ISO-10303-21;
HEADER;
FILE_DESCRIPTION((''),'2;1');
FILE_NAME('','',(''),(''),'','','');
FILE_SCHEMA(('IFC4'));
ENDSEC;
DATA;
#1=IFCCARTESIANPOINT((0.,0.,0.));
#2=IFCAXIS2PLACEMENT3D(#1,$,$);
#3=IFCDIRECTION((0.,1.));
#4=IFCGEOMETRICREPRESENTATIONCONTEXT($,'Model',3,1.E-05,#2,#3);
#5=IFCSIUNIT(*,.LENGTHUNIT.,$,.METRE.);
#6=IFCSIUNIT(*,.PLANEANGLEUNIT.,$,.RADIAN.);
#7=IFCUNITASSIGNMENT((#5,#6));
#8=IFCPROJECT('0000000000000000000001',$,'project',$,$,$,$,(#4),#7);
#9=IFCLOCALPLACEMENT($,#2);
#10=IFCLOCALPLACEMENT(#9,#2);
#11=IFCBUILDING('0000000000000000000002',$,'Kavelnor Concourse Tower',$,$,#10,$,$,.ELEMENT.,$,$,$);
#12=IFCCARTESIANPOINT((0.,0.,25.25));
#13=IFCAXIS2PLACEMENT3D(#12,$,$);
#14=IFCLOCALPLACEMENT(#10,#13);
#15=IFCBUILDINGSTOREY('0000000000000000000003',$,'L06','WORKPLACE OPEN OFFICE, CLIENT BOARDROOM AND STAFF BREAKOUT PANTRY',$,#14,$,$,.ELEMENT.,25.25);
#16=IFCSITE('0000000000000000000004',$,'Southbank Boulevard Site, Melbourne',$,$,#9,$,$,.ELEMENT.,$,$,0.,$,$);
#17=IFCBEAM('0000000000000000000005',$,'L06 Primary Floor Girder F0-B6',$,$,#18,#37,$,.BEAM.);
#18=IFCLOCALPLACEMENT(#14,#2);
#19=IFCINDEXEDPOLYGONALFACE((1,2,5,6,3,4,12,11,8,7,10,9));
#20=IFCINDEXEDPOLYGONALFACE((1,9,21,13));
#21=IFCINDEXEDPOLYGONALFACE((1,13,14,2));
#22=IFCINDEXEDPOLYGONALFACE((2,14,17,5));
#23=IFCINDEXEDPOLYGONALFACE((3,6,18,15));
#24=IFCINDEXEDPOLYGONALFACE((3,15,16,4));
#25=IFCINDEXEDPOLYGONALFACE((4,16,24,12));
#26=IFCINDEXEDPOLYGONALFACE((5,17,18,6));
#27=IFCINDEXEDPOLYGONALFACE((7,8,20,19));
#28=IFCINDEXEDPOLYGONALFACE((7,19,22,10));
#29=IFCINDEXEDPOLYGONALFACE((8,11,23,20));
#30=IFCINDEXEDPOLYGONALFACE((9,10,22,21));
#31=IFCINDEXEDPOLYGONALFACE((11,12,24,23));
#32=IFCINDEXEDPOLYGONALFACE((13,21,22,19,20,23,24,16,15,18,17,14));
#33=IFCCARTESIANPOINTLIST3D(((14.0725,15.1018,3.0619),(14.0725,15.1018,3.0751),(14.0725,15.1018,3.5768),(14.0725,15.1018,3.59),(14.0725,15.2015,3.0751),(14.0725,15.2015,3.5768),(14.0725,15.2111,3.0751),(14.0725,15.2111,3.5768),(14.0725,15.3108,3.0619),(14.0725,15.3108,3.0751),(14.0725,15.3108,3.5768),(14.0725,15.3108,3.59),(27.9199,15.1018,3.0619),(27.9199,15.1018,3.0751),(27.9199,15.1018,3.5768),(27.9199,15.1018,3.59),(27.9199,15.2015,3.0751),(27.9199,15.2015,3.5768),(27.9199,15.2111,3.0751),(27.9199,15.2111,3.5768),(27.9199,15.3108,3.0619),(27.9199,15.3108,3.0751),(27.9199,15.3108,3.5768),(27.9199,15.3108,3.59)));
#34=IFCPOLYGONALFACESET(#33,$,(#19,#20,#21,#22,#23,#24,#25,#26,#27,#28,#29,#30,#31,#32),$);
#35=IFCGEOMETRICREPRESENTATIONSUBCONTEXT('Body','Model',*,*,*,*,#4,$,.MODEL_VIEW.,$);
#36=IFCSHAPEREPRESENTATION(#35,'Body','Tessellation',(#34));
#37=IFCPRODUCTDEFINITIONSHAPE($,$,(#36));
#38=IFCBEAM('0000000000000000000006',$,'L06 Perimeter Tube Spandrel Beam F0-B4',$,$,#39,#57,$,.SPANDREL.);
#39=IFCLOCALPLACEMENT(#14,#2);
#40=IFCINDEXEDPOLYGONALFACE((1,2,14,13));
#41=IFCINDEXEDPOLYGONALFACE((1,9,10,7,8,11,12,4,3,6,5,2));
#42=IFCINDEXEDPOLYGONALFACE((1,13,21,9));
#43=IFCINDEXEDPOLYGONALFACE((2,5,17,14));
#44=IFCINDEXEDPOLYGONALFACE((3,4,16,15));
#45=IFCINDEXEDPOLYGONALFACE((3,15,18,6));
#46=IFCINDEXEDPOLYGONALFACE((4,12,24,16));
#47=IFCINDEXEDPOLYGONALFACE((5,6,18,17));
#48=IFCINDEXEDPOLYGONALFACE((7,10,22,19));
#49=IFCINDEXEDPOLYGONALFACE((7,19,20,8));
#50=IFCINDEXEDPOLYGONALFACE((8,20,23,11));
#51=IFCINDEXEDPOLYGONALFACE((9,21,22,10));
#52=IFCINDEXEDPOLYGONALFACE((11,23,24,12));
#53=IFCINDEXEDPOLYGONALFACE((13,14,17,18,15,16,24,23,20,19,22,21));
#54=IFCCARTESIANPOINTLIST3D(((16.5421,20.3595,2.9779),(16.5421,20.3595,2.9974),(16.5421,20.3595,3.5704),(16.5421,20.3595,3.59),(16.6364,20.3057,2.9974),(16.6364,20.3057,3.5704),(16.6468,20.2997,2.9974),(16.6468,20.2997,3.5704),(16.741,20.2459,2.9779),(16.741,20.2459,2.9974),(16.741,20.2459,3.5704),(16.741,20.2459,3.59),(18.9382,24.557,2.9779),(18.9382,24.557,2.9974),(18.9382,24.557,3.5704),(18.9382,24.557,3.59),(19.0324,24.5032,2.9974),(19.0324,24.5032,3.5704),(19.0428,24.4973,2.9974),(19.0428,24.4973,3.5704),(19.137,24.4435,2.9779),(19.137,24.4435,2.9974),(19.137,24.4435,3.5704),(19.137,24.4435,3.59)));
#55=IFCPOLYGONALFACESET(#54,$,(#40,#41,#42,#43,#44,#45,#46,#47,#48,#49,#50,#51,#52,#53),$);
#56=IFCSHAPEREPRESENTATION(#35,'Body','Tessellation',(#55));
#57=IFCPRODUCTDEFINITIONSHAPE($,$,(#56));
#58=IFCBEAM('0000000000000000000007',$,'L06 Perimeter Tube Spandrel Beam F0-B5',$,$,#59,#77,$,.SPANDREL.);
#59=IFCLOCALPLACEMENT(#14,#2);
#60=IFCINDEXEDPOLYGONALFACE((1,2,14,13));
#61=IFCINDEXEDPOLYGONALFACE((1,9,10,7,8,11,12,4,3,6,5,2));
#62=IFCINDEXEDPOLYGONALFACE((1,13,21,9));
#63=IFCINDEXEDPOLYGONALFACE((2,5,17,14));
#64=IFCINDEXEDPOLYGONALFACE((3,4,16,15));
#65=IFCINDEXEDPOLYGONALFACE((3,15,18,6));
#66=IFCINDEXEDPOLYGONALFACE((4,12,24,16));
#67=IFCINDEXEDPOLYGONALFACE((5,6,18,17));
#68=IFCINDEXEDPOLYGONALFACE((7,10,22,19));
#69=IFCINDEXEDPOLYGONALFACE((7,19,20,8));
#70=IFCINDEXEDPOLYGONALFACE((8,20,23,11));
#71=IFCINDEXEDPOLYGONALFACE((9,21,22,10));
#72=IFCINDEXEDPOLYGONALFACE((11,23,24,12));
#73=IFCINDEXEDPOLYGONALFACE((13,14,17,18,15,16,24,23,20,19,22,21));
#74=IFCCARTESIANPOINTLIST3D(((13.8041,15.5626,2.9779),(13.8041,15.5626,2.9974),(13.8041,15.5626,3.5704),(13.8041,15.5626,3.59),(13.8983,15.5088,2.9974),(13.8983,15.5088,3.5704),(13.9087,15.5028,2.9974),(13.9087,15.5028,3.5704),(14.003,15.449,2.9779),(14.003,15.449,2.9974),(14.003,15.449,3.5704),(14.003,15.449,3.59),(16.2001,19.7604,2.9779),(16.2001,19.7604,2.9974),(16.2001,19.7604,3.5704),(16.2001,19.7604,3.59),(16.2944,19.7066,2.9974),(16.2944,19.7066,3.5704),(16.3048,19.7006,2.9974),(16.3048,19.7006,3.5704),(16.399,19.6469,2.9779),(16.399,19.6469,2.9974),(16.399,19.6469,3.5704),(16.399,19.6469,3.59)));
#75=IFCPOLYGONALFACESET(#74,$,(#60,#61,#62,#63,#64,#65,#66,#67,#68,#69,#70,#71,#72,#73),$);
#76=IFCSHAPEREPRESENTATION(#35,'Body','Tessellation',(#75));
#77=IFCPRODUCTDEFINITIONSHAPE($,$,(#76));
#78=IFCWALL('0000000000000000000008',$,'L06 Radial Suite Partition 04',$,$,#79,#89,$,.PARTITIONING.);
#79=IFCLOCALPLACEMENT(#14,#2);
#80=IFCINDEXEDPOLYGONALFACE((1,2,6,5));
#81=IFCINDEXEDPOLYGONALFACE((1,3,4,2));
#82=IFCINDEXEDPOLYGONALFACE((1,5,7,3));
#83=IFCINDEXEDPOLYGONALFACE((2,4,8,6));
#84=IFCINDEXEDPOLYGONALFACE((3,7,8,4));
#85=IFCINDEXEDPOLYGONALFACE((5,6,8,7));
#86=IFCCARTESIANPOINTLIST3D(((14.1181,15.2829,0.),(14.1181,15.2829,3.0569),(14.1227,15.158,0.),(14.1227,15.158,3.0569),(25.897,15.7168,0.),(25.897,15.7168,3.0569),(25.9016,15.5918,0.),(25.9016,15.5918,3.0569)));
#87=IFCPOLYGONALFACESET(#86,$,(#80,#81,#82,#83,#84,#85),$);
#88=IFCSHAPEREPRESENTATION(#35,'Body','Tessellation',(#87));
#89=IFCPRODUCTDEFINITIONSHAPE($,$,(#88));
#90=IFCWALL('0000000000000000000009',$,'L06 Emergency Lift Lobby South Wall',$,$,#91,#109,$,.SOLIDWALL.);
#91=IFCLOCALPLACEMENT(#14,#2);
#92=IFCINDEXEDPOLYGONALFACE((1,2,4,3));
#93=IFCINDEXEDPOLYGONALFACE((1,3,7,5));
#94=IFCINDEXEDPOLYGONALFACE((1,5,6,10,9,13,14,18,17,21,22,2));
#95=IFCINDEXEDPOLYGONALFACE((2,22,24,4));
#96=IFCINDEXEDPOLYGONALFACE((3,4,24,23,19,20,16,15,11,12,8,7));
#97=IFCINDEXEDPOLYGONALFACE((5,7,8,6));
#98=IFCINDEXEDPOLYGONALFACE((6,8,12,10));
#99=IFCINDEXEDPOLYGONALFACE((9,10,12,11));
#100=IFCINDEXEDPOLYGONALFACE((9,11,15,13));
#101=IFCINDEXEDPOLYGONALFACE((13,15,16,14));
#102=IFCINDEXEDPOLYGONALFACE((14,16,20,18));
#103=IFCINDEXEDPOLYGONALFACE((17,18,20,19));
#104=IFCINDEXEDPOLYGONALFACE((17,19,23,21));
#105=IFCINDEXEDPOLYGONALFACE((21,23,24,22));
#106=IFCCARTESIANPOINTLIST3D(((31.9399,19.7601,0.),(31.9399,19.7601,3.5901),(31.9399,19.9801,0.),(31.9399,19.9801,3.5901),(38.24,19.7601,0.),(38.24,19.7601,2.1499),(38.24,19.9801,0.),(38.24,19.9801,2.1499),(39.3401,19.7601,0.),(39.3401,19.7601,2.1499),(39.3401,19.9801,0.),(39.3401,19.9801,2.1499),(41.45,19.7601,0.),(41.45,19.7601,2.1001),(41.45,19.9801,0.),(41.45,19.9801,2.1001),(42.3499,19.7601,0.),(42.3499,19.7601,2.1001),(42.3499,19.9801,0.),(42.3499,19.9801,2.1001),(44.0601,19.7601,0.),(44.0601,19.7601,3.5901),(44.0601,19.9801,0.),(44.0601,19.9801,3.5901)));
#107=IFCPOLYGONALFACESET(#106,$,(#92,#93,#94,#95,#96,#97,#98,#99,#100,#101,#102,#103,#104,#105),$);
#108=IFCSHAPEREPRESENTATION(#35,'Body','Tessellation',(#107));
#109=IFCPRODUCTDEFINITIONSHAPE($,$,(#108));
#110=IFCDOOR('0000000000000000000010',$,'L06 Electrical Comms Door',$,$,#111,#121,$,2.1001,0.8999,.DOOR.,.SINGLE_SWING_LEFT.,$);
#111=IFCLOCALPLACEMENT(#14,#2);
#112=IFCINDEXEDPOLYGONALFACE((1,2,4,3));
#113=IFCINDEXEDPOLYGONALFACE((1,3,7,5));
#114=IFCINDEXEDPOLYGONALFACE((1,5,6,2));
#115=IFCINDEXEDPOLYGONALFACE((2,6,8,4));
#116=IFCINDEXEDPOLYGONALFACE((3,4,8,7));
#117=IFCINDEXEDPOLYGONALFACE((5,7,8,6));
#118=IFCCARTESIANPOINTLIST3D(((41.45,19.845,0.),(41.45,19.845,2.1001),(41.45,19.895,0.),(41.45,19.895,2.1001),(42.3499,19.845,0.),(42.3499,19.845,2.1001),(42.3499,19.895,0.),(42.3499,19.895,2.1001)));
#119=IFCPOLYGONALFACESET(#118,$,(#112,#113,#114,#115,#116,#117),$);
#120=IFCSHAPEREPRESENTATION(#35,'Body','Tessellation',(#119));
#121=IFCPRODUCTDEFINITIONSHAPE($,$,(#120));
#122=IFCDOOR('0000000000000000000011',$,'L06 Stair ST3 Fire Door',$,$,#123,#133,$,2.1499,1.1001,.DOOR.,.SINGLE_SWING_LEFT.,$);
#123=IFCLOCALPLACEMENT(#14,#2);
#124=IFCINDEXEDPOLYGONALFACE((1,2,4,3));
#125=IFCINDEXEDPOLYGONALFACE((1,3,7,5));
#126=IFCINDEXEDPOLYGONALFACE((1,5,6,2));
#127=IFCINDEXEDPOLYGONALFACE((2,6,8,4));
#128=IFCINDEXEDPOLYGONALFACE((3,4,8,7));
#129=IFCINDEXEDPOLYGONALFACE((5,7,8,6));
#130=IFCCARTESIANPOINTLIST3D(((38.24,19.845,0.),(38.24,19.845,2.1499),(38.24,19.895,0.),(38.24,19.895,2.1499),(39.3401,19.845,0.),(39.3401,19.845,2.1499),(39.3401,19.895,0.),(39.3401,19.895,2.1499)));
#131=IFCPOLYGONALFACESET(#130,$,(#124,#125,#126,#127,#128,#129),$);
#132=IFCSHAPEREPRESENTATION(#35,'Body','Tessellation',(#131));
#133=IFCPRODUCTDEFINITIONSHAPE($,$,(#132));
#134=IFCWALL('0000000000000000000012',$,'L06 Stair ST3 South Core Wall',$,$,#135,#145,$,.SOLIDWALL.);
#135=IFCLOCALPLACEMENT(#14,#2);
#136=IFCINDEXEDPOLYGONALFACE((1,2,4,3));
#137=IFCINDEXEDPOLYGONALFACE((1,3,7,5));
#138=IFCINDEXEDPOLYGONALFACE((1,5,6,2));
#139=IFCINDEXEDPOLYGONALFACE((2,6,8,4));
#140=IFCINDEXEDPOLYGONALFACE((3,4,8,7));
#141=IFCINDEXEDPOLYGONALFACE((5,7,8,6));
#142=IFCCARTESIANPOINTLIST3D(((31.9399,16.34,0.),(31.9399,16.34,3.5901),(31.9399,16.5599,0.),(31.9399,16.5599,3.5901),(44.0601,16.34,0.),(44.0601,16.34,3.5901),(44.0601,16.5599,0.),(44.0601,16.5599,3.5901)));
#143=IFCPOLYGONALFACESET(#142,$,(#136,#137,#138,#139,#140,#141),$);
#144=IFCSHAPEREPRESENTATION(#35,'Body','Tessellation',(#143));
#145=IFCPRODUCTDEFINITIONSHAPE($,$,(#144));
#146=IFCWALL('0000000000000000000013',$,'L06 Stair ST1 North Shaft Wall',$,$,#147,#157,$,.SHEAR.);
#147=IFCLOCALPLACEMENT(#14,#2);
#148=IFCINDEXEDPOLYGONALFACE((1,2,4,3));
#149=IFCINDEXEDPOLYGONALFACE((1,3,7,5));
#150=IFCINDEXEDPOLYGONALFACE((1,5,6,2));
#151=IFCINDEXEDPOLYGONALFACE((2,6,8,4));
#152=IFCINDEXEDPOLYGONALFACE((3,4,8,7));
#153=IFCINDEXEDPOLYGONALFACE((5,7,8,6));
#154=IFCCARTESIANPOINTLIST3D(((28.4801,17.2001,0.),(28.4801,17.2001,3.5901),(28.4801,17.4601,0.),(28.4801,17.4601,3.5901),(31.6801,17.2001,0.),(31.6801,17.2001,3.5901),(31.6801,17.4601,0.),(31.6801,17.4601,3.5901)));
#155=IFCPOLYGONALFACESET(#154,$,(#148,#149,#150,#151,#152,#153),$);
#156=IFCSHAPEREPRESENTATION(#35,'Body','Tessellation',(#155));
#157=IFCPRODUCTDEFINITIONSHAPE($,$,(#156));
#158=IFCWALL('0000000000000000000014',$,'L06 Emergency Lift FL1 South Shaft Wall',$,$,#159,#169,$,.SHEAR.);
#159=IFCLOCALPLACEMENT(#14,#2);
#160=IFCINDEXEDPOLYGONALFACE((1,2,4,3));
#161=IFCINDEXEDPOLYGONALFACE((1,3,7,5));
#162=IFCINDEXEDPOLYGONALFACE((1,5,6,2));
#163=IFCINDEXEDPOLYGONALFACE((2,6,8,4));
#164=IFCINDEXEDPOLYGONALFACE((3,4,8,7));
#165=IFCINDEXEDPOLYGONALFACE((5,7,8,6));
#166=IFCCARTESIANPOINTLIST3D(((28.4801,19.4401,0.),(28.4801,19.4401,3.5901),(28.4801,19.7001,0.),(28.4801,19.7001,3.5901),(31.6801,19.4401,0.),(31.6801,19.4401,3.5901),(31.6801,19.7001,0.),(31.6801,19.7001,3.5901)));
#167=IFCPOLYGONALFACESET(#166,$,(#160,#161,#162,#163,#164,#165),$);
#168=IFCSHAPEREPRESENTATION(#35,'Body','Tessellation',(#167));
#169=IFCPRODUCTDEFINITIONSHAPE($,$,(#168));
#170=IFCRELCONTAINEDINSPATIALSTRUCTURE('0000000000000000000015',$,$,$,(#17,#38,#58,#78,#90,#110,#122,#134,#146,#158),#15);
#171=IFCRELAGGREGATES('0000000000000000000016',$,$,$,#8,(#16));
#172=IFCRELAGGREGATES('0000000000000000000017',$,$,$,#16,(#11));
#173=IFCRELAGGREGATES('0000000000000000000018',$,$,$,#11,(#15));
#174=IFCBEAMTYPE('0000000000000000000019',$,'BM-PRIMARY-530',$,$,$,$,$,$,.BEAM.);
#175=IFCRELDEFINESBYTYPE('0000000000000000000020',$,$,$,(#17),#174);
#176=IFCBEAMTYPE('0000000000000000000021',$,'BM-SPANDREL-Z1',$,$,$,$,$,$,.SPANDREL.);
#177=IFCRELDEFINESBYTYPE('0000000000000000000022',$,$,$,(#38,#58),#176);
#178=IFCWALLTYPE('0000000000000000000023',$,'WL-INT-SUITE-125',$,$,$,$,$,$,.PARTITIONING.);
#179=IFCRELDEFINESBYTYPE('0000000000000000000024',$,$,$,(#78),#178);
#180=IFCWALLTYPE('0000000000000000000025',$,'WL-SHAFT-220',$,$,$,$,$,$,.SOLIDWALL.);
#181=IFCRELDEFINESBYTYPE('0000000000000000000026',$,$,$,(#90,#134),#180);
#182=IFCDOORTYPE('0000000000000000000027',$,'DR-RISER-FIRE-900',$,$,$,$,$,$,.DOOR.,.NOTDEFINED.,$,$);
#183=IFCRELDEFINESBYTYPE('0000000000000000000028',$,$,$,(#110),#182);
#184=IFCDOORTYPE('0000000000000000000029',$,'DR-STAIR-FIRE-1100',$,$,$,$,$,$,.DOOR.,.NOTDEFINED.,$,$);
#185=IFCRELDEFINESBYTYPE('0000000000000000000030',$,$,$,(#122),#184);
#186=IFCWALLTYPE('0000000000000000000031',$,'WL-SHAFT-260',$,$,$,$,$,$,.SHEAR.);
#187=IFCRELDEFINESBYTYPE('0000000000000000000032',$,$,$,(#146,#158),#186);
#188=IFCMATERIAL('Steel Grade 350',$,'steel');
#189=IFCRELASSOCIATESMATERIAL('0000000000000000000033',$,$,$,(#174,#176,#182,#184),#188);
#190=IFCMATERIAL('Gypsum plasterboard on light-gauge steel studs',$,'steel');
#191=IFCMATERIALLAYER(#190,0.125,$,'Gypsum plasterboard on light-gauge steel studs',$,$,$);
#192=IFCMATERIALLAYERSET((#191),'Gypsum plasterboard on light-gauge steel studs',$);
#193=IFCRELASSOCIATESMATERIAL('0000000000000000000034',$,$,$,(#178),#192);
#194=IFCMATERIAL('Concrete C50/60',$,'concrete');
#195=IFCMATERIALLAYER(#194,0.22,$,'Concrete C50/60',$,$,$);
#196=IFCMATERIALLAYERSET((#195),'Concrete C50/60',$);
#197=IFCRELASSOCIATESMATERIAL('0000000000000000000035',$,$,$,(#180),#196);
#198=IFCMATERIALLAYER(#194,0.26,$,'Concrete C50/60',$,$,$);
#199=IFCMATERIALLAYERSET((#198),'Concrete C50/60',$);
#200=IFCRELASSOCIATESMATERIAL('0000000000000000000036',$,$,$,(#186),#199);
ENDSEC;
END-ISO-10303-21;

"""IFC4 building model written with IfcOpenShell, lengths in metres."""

from ifc_helpers import new_model, si_unit, direction, frame, frame_2d, origin, origin_2d, place, context, subcontext, project, spatial, rectangle, i_section, extrude, material, layer, layer_set, material_profile, profile_set, type_object, element, fill, save


model = new_model("IFC4")

# Units and contexts
model_context = context("Model", 3, precision=1e-05, world=origin(), true_north=direction((0.0, 1.0)))
body_context = subcontext(model_context, "Body", "Model", "MODEL_VIEW")
ifc_project = project(units=[si_unit("LENGTHUNIT", "METRE"), si_unit("PLANEANGLEUNIT", "RADIAN")], contexts=[model_context])

# Site, building, storey
site_placement = place(None, origin())
site = spatial("IfcSite", under=ifc_project, at=site_placement, Name="Southbank Boulevard Site, Melbourne", CompositionType="ELEMENT", RefElevation=0.0)
building_placement = place(site_placement, origin())
building = spatial("IfcBuilding", under=site, at=building_placement, Name="Kavelnor Concourse Tower", CompositionType="ELEMENT")
storey_placement = place(building_placement, frame((0.0, 0.0, 25.25)))
storey = spatial("IfcBuildingStorey", under=building, at=storey_placement, Name="L06", Description="WORKPLACE OPEN OFFICE, CLIENT BOARDROOM AND STAFF BREAKOUT PANTRY", CompositionType="ELEMENT", Elevation=25.25)

# Shared definitions
ifc_material_1 = material(Name="Steel Grade 350", Category="steel")

# Beams
ifc_material_profile_1 = material_profile(ifc_material_1, i_section(OverallWidth=0.209, OverallDepth=0.5281, WebThickness=0.0095, FlangeThickness=0.0132, at=origin_2d()), Name="530UB82")
ifc_profile_set_1 = profile_set([ifc_material_profile_1], Name="Steel Grade 350")
beam_type_1 = type_object("IfcBeamType", Name="BM-PRIMARY-530", PredefinedType="BEAM", material=ifc_profile_set_1)
beam_1_placement = place(storey_placement, frame((27.9199, 15.2063, 3.3259), z_axis=(-1.0, 0.0, 0.0), x_axis=(0.0, -1.0, 0.0)))
element("IfcBeam", 1, at=beam_1_placement, inside=storey, type_object=beam_type_1, Name="L06 Primary Floor Girder F0-B6", PredefinedType="BEAM", context=body_context, shape_type="SweptSolid", body=[
    extrude(i_section(OverallWidth=0.209, OverallDepth=0.5281, WebThickness=0.0095, FlangeThickness=0.0132, at=origin_2d()), origin(), (0.0, 0.0, 1.0), 13.8474),
])
ifc_material_profile_2 = material_profile(ifc_material_1, i_section(OverallWidth=0.229, OverallDepth=0.6121, WebThickness=0.012, FlangeThickness=0.0195, at=origin_2d()), Name="610UB125")
ifc_profile_set_2 = profile_set([ifc_material_profile_2], Name="Steel Grade 350")
beam_type_2 = type_object("IfcBeamType", Name="BM-SPANDREL-Z1", PredefinedType="SPANDREL", material=ifc_profile_set_2)
beam_2_placement = place(storey_placement, frame((19.0376, 24.5002, 3.2839), z_axis=(-0.495736, -0.868473, 0.0), x_axis=(0.868473, -0.495736, 0.0)))
element("IfcBeam", 2, at=beam_2_placement, inside=storey, type_object=beam_type_2, Name="L06 Perimeter Tube Spandrel Beam F0-B4", PredefinedType="SPANDREL", context=body_context, shape_type="SweptSolid", body=[
    extrude(i_section(OverallWidth=0.229, OverallDepth=0.6121, WebThickness=0.012, FlangeThickness=0.0195, at=origin_2d()), origin(), (0.0, 0.0, 1.0), 4.8333),
])
beam_3_placement = place(storey_placement, frame((16.2996, 19.7036, 3.2839), z_axis=(-0.495715, -0.868485, 0.0), x_axis=(0.868485, -0.495715, 0.0)))
element("IfcBeam", 3, at=beam_3_placement, inside=storey, type_object=beam_type_2, Name="L06 Perimeter Tube Spandrel Beam F0-B5", PredefinedType="SPANDREL", context=body_context, shape_type="SweptSolid", body=[
    extrude(i_section(OverallWidth=0.229, OverallDepth=0.6121, WebThickness=0.012, FlangeThickness=0.0195, at=origin_2d()), origin(), (0.0, 0.0, 1.0), 4.8335),
])

# Wall
ifc_material_2 = material(Name="Gypsum plasterboard on light-gauge steel studs", Category="steel")
ifc_layer_1 = layer(ifc_material_2, 0.125, Name="Gypsum plasterboard on light-gauge steel studs")
ifc_layer_set_1 = layer_set([ifc_layer_1], Name="Gypsum plasterboard on light-gauge steel studs")
wall_type_1 = type_object("IfcWallType", Name="WL-INT-SUITE-125", PredefinedType="PARTITIONING", material=ifc_layer_set_1)
wall_1_placement = place(storey_placement, frame((25.8994, 15.6543, 0.0), z_axis=(0.0, 0.0, 1.0), x_axis=(-0.999322, -0.036807, 0.0)))
element("IfcWall", 4, at=wall_1_placement, inside=storey, type_object=wall_type_1, Name="L06 Radial Suite Partition 04", PredefinedType="PARTITIONING", context=body_context, shape_type="SweptSolid", body=[
    extrude(rectangle(XDim=11.7869, YDim=0.125, at=frame_2d((5.8936, 0.0))), origin(), (0.0, 0.0, 1.0), 3.0569),
])

# Wall, openings, doors
ifc_material_3 = material(Name="Concrete C50/60", Category="concrete")
ifc_layer_2 = layer(ifc_material_3, 0.22, Name="Concrete C50/60")
ifc_layer_set_2 = layer_set([ifc_layer_2], Name="Concrete C50/60")
wall_type_2 = type_object("IfcWallType", Name="WL-SHAFT-220", PredefinedType="SOLIDWALL", material=ifc_layer_set_2)
wall_2_placement = place(storey_placement, frame((31.9399, 19.8701, 0.0), z_axis=(0.0, 0.0, 1.0), x_axis=(1.0, 0.0, 0.0)))
wall_2 = element("IfcWall", 5, at=wall_2_placement, inside=storey, type_object=wall_type_2, Name="L06 Emergency Lift Lobby South Wall", PredefinedType="SOLIDWALL", context=body_context, shape_type="SweptSolid", body=[
    extrude(rectangle(XDim=12.1201, YDim=0.22, at=frame_2d((6.0601, 0.0))), origin(), (0.0, 0.0, 1.0), 3.5901),
])
opening_1_placement = place(wall_2_placement, frame((6.3, 0.0, 0.0)))
opening_1 = element("IfcOpeningElement", 6, at=opening_1_placement, cuts=wall_2, PredefinedType="OPENING", context=body_context, shape_type="SweptSolid", body=[
    extrude(rectangle(XDim=1.1001, YDim=2.1499, at=frame_2d((0.55, 1.075))), frame((0.0, 0.1201, 0.0), z_axis=(0.0, -1.0, 0.0), x_axis=(1.0, 0.0, 0.0)), (0.0, 0.0, 1.0), 0.24),
])
opening_2_placement = place(wall_2_placement, frame((9.51, 0.0, 0.0)))
opening_2 = element("IfcOpeningElement", 7, at=opening_2_placement, cuts=wall_2, PredefinedType="OPENING", context=body_context, shape_type="SweptSolid", body=[
    extrude(rectangle(XDim=0.8999, YDim=2.1001, at=frame_2d((0.45, 1.05))), frame((0.0, 0.1201, 0.0), z_axis=(0.0, -1.0, 0.0), x_axis=(1.0, 0.0, 0.0)), (0.0, 0.0, 1.0), 0.24),
])
door_type_1 = type_object("IfcDoorType", Name="DR-RISER-FIRE-900", OperationType="NOTDEFINED", PredefinedType="DOOR", material=ifc_material_1)
door_1_placement = place(opening_2_placement, origin())
door_1 = element("IfcDoor", 8, at=door_1_placement, inside=storey, type_object=door_type_1, Name="L06 Electrical Comms Door", OperationType="SINGLE_SWING_LEFT", OverallHeight=2.1001, OverallWidth=0.8999, PredefinedType="DOOR", context=body_context, shape_type="SweptSolid", body=[
    extrude(rectangle(XDim=0.8999, YDim=2.1001, at=frame_2d((0.45, 1.05))), frame((0.0, 0.0249, 0.0), z_axis=(0.0, -1.0, 0.0), x_axis=(1.0, 0.0, 0.0)), (0.0, 0.0, 1.0), 0.05),
])
fill(opening_2, door_1)
door_type_2 = type_object("IfcDoorType", Name="DR-STAIR-FIRE-1100", OperationType="NOTDEFINED", PredefinedType="DOOR", material=ifc_material_1)
door_2_placement = place(opening_1_placement, origin())
door_2 = element("IfcDoor", 9, at=door_2_placement, inside=storey, type_object=door_type_2, Name="L06 Stair ST3 Fire Door", OperationType="SINGLE_SWING_LEFT", OverallHeight=2.1499, OverallWidth=1.1001, PredefinedType="DOOR", context=body_context, shape_type="SweptSolid", body=[
    extrude(rectangle(XDim=1.1001, YDim=2.1499, at=frame_2d((0.55, 1.075))), frame((0.0, 0.0249, 0.0), z_axis=(0.0, -1.0, 0.0), x_axis=(1.0, 0.0, 0.0)), (0.0, 0.0, 1.0), 0.05),
])
fill(opening_1, door_2)

# Walls
wall_3_placement = place(storey_placement, frame((31.9399, 16.45, 0.0), z_axis=(0.0, 0.0, 1.0), x_axis=(1.0, 0.0, 0.0)))
element("IfcWall", 10, at=wall_3_placement, inside=storey, type_object=wall_type_2, Name="L06 Stair ST3 South Core Wall", PredefinedType="SOLIDWALL", context=body_context, shape_type="SweptSolid", body=[
    extrude(rectangle(XDim=12.1201, YDim=0.22, at=frame_2d((6.0601, 0.0))), origin(), (0.0, 0.0, 1.0), 3.5901),
])
ifc_layer_3 = layer(ifc_material_3, 0.26, Name="Concrete C50/60")
ifc_layer_set_3 = layer_set([ifc_layer_3], Name="Concrete C50/60")
wall_type_3 = type_object("IfcWallType", Name="WL-SHAFT-260", PredefinedType="SHEAR", material=ifc_layer_set_3)
for number, where, z_axis, x_axis, name in (
    (11, (28.48, 17.3301, 0.0), (0.0, 0.0, 1.0), (1.0, 0.0, 0.0), "L06 Stair ST1 North Shaft Wall"),
    (12, (28.48, 19.5701, 0.0), (0.0, 0.0, 1.0), (1.0, 0.0, 0.0), "L06 Emergency Lift FL1 South Shaft Wall"),
):
    element("IfcWall", number, at=place(storey_placement, frame(where, z_axis=z_axis, x_axis=x_axis)), inside=storey, type_object=wall_type_3, Name=name, PredefinedType="SHEAR", context=body_context, shape_type="SweptSolid", body=[
        extrude(rectangle(XDim=3.2, YDim=0.26, at=frame_2d((1.6001, 0.0))), origin(), (0.0, 0.0, 1.0), 3.5901),
    ])

save(model, "model.ifc")
